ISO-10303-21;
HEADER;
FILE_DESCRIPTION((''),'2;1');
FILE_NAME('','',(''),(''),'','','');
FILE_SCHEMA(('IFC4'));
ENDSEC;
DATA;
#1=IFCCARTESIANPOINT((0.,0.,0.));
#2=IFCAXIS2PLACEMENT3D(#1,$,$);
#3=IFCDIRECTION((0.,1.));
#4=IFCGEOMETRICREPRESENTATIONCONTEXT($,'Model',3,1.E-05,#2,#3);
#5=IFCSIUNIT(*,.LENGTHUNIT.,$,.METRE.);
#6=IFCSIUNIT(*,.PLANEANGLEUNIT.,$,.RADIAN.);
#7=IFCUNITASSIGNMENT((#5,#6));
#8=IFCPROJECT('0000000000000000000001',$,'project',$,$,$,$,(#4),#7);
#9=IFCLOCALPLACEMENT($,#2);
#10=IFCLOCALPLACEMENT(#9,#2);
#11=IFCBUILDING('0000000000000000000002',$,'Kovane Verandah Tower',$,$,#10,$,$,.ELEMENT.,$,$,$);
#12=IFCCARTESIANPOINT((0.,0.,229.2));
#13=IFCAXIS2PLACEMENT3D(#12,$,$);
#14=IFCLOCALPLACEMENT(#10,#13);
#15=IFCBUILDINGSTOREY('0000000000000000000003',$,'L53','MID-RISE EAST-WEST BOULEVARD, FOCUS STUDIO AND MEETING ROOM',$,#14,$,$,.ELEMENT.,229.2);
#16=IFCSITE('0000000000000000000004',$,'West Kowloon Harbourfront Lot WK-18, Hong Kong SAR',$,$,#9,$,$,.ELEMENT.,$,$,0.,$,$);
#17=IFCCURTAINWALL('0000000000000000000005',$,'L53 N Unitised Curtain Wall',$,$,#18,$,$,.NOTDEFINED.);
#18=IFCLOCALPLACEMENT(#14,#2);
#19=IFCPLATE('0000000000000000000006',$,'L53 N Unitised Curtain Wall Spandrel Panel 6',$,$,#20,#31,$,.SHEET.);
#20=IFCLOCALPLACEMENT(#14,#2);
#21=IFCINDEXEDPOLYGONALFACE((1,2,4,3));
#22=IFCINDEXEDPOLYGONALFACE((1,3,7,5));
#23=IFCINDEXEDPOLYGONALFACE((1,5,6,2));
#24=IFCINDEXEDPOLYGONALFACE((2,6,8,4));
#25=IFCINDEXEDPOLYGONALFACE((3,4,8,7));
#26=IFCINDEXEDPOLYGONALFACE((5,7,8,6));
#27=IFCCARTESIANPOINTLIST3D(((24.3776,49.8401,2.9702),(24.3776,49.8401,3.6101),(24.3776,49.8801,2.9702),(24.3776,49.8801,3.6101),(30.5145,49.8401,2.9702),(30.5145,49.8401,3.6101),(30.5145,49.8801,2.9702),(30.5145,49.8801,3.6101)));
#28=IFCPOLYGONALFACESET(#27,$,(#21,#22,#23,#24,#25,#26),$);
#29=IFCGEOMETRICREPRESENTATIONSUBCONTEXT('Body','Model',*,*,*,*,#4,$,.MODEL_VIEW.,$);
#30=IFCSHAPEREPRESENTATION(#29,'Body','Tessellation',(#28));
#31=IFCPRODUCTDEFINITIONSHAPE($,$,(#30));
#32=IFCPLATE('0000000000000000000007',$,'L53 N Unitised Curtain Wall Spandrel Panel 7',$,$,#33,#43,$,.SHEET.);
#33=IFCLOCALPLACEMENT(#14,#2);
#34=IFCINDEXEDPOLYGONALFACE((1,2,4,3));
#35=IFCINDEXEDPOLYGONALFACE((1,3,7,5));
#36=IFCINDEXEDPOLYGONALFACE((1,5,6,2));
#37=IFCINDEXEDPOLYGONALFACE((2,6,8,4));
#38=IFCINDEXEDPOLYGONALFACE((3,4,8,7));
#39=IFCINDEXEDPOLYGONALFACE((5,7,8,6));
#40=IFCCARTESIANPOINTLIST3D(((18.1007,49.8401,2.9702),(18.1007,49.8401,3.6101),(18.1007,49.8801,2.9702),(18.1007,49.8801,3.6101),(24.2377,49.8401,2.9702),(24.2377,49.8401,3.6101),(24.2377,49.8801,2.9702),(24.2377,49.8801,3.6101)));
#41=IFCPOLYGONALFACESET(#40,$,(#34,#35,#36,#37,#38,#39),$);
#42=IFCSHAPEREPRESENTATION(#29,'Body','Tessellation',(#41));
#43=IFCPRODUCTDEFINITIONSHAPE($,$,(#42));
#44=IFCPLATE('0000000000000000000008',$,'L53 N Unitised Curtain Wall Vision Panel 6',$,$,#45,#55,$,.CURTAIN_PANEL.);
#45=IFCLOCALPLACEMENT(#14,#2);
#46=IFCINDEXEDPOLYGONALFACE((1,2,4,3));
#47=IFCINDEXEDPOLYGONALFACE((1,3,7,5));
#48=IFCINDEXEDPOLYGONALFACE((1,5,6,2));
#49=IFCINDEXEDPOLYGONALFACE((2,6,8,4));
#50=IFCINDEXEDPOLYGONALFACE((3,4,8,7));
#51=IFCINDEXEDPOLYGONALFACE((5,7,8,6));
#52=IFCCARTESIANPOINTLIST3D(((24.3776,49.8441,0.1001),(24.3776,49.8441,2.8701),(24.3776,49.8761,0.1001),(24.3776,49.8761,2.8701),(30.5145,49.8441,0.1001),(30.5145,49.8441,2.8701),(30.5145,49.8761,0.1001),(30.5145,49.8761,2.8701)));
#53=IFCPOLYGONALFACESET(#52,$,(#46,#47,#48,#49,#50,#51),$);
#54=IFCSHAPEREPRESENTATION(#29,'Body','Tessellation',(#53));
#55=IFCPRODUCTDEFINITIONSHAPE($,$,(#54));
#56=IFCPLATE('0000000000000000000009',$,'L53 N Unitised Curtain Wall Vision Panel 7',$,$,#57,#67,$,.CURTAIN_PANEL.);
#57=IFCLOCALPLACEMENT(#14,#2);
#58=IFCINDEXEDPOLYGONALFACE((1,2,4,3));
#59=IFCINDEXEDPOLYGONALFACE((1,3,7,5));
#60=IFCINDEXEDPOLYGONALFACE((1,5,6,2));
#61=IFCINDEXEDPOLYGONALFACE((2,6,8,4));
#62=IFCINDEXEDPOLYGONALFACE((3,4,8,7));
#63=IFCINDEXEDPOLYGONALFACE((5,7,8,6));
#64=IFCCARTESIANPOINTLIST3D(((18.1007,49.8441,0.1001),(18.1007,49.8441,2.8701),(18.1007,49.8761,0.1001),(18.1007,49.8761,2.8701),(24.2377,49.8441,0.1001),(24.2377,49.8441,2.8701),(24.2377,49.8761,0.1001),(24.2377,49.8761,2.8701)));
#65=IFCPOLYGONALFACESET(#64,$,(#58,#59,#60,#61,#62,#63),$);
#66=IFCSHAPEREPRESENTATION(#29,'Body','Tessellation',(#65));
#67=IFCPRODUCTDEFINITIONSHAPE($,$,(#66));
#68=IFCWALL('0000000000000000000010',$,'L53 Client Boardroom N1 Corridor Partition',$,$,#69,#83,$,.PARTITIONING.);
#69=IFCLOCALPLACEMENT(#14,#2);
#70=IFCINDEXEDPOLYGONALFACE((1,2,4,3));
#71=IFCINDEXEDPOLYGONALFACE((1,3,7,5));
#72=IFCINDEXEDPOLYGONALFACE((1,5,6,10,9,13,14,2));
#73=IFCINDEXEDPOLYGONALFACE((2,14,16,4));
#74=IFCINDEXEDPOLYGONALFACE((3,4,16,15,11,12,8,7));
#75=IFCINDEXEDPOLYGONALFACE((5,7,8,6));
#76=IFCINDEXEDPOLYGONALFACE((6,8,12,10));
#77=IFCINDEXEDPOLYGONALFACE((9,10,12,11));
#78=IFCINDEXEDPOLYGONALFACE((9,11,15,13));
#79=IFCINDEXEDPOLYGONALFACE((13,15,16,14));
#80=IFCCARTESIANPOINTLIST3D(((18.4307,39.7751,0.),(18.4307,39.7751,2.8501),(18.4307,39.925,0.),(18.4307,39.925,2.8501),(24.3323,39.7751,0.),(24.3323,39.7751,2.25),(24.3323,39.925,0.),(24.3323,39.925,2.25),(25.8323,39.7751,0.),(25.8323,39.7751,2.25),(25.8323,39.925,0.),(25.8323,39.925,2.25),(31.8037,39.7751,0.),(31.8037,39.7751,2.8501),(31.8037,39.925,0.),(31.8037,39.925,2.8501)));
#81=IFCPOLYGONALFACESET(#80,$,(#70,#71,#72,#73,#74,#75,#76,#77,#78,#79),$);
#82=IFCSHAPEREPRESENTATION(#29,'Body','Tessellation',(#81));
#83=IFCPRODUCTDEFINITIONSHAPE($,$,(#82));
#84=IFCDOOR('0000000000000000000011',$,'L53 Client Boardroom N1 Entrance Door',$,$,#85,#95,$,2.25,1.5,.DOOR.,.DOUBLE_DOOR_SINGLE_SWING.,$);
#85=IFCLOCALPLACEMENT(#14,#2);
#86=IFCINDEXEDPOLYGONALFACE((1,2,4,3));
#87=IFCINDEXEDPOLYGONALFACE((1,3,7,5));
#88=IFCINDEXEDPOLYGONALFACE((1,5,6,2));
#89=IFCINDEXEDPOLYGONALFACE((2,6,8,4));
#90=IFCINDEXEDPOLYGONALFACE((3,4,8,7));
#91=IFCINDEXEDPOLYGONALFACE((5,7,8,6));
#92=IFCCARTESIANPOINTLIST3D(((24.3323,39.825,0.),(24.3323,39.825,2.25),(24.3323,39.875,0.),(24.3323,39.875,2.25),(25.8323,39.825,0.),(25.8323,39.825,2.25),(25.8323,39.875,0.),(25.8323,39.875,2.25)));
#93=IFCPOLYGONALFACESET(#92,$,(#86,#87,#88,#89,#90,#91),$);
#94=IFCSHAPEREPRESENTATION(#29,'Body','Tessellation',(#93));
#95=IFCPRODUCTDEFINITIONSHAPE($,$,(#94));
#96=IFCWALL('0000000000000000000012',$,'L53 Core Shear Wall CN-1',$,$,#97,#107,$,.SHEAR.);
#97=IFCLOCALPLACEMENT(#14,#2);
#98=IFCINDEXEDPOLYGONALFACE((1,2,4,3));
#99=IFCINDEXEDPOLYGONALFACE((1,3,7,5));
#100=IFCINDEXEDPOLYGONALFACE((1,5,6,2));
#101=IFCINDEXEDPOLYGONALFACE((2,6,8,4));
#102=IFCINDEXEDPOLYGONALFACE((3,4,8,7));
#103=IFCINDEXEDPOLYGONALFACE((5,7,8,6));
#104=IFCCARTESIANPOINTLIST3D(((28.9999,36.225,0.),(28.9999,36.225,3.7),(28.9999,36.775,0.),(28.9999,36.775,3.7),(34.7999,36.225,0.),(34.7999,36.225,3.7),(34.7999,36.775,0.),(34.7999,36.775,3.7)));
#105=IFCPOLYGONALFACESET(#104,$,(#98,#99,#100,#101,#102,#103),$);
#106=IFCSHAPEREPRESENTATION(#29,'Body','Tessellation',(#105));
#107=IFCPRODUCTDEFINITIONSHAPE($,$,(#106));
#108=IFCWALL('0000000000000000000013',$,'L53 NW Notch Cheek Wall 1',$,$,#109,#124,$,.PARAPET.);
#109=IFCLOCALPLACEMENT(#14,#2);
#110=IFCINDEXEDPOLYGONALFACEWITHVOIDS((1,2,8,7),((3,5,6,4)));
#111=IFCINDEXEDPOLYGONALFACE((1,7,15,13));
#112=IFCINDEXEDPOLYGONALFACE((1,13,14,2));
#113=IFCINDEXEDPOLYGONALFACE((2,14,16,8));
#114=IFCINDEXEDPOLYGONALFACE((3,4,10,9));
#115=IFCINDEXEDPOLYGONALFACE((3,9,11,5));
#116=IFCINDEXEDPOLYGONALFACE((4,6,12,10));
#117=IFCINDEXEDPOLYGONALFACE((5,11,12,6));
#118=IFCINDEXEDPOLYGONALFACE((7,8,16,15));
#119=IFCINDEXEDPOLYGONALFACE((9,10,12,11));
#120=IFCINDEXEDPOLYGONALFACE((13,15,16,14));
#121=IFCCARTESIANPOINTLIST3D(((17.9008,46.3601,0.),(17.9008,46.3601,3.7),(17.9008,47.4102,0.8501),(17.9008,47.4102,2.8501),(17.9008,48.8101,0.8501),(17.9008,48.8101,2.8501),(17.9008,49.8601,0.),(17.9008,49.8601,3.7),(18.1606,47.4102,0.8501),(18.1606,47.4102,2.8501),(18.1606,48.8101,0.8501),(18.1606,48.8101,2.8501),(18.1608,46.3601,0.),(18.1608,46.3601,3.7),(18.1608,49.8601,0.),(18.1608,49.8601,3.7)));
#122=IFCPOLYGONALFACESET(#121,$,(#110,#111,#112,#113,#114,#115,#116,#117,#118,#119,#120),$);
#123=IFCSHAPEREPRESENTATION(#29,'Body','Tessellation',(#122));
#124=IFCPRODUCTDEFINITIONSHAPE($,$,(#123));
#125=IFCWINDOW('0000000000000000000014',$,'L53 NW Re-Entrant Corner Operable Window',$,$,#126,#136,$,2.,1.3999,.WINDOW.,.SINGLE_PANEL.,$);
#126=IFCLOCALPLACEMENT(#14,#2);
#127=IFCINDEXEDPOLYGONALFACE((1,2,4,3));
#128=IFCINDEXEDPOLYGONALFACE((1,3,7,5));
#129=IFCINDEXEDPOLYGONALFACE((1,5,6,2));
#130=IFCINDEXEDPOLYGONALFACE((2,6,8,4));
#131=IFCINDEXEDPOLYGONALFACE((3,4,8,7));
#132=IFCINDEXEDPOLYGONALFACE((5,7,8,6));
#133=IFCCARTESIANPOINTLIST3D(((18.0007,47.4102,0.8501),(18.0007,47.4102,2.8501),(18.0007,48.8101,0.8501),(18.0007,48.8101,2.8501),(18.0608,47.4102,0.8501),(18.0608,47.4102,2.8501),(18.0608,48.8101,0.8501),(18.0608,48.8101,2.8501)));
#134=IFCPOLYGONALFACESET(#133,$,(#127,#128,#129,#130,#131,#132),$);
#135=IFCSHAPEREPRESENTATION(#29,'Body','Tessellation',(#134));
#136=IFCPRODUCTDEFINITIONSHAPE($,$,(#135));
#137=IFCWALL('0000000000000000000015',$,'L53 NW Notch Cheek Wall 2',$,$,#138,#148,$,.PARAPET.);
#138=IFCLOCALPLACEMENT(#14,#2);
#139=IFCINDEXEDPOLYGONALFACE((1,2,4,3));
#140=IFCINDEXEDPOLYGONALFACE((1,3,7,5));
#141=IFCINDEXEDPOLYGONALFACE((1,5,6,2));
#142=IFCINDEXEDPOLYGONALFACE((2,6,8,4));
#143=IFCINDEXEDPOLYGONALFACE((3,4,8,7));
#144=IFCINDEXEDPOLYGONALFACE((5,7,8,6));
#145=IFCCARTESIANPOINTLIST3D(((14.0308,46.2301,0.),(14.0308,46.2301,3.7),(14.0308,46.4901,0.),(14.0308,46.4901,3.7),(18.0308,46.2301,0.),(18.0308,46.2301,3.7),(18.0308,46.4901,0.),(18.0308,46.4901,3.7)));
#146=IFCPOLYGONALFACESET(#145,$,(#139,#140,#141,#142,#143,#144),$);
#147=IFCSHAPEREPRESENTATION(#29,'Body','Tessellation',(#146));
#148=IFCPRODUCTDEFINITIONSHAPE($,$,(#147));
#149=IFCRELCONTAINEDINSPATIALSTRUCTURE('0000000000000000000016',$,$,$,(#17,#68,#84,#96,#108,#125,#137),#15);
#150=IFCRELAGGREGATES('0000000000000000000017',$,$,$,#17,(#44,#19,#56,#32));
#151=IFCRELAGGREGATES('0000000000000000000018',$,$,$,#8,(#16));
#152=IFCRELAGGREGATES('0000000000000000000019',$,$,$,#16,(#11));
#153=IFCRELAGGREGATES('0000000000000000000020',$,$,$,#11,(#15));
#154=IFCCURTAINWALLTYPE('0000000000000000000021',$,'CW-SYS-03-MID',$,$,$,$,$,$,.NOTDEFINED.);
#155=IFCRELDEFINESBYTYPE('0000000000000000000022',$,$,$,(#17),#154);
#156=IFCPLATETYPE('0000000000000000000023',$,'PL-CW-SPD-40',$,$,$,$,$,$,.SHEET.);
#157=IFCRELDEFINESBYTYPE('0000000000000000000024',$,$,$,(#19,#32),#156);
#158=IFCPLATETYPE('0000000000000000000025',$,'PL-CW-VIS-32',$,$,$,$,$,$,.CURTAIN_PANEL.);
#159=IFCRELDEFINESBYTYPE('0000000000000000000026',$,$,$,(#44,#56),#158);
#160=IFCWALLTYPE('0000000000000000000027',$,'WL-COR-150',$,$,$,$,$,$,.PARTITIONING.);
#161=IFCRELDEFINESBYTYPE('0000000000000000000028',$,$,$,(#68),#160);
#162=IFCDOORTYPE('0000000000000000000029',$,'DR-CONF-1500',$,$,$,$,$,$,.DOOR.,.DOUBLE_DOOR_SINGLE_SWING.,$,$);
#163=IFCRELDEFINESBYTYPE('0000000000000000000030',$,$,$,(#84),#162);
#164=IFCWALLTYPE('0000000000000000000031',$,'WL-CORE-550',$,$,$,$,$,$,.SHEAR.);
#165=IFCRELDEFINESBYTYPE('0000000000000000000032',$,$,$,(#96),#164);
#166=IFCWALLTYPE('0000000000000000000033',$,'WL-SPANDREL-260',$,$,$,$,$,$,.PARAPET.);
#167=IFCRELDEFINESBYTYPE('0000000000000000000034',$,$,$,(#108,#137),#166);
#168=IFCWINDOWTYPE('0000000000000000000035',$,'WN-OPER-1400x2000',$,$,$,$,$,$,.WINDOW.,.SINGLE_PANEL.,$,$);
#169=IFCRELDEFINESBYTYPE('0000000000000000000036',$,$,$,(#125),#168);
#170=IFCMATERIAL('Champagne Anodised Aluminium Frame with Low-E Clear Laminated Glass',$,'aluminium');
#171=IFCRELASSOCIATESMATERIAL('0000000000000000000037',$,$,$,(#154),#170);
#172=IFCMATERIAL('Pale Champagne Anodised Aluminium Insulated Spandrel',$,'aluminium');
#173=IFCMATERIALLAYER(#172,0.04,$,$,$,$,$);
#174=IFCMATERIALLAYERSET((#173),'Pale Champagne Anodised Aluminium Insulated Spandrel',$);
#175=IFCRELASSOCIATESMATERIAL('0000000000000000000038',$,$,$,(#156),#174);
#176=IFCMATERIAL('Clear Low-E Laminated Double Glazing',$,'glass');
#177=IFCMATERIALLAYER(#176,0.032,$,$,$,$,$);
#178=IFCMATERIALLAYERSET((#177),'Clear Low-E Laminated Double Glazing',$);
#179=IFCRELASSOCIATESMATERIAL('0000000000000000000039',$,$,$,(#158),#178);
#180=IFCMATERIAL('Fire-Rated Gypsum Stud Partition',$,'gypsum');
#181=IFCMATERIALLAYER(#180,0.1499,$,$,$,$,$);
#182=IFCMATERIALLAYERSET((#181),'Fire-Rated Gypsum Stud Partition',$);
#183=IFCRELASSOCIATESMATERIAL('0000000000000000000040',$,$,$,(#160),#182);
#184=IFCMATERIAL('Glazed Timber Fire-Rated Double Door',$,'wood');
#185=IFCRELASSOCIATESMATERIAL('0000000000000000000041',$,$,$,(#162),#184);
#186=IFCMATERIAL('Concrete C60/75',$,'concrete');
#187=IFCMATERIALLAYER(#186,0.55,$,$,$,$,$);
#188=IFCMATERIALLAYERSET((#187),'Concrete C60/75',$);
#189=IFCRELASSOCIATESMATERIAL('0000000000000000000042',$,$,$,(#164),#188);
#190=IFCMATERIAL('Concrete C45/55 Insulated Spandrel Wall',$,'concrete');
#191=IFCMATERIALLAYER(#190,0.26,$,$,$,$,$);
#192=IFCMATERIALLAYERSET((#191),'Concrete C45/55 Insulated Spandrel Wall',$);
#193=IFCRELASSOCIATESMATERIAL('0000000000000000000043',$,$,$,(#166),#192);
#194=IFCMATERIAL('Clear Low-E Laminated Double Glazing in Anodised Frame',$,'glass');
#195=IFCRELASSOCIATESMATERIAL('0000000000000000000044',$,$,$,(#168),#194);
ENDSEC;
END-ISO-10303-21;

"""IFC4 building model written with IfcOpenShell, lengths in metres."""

from ifc_helpers import new_model, si_unit, direction, frame, frame_2d, origin, origin_2d, place, context, subcontext, project, spatial, rectangle, extrude, material, layer, layer_set, type_object, element, fill, aggregate, save


model = new_model("IFC4")

# Units and contexts
model_context = context("Model", 3, precision=1e-05, world=origin(), true_north=direction((0.0, 1.0)))
body_context = subcontext(model_context, "Body", "Model", "MODEL_VIEW")
ifc_project = project(units=[si_unit("LENGTHUNIT", "METRE"), si_unit("PLANEANGLEUNIT", "RADIAN")], contexts=[model_context])

# Site, building, storey
site_placement = place(None, origin())
site = spatial("IfcSite", under=ifc_project, at=site_placement, Name="West Kowloon Harbourfront Lot WK-18, Hong Kong SAR", CompositionType="ELEMENT", RefElevation=0.0)
building_placement = place(site_placement, origin())
building = spatial("IfcBuilding", under=site, at=building_placement, Name="Kovane Verandah Tower", CompositionType="ELEMENT")
storey_placement = place(building_placement, frame((0.0, 0.0, 229.2)))
storey = spatial("IfcBuildingStorey", under=building, at=storey_placement, Name="L53", Description="MID-RISE EAST-WEST BOULEVARD, FOCUS STUDIO AND MEETING ROOM", CompositionType="ELEMENT", Elevation=229.2)

# Shared definitions
ifc_material_1 = material(Name="Concrete C60/75", Category="concrete")

# Curtain wall
ifc_material_2 = material(Name="Champagne Anodised Aluminium Frame with Low-E Clear Laminated Glass", Category="aluminium")
curtain_wall_type = type_object("IfcCurtainWallType", Name="CW-SYS-03-MID", PredefinedType="NOTDEFINED", material=ifc_material_2)
curtain_wall_placement = place(storey_placement, origin())
curtain_wall = element("IfcCurtainWall", 1, at=curtain_wall_placement, inside=storey, type_object=curtain_wall_type, Name="L53 N Unitised Curtain Wall", PredefinedType="NOTDEFINED")

# Plates
ifc_material_3 = material(Name="Pale Champagne Anodised Aluminium Insulated Spandrel", Category="aluminium")
ifc_layer_1 = layer(ifc_material_3, 0.04)
ifc_layer_set_1 = layer_set([ifc_layer_1], Name="Pale Champagne Anodised Aluminium Insulated Spandrel")
plate_type_1 = type_object("IfcPlateType", Name="PL-CW-SPD-40", PredefinedType="SHEET", material=ifc_layer_set_1)
plate_1_placement = place(storey_placement, frame((27.446, 49.8601, 2.9702), z_axis=(0.0, 0.0, 1.0), x_axis=(-1.0, 0.0, 0.0)))
plate_1 = element("IfcPlate", 2, at=plate_1_placement, type_object=plate_type_1, Name="L53 N Unitised Curtain Wall Spandrel Panel 6", PredefinedType="SHEET", context=body_context, shape_type="SweptSolid", body=[
    extrude(rectangle(XDim=6.137, YDim=0.04, at=origin_2d()), origin(), (0.0, 0.0, 1.0), 0.6399),
])
plate_2_placement = place(storey_placement, frame((21.1692, 49.8601, 2.9702), z_axis=(0.0, 0.0, 1.0), x_axis=(-1.0, 0.0, 0.0)))
plate_2 = element("IfcPlate", 3, at=plate_2_placement, type_object=plate_type_1, Name="L53 N Unitised Curtain Wall Spandrel Panel 7", PredefinedType="SHEET", context=body_context, shape_type="SweptSolid", body=[
    extrude(rectangle(XDim=6.137, YDim=0.04, at=origin_2d()), origin(), (0.0, 0.0, 1.0), 0.6399),
])
ifc_material_4 = material(Name="Clear Low-E Laminated Double Glazing", Category="glass")
ifc_layer_2 = layer(ifc_material_4, 0.032)
ifc_layer_set_2 = layer_set([ifc_layer_2], Name="Clear Low-E Laminated Double Glazing")
plate_type_2 = type_object("IfcPlateType", Name="PL-CW-VIS-32", PredefinedType="CURTAIN_PANEL", material=ifc_layer_set_2)
plate_3_placement = place(storey_placement, frame((27.446, 49.8601, 0.1001), z_axis=(0.0, 0.0, 1.0), x_axis=(-1.0, 0.0, 0.0)))
plate_3 = element("IfcPlate", 4, at=plate_3_placement, type_object=plate_type_2, Name="L53 N Unitised Curtain Wall Vision Panel 6", PredefinedType="CURTAIN_PANEL", context=body_context, shape_type="SweptSolid", body=[
    extrude(rectangle(XDim=6.137, YDim=0.032, at=origin_2d()), origin(), (0.0, 0.0, 1.0), 2.77),
])
plate_4_placement = place(storey_placement, frame((21.1692, 49.8601, 0.1001), z_axis=(0.0, 0.0, 1.0), x_axis=(-1.0, 0.0, 0.0)))
plate_4 = element("IfcPlate", 5, at=plate_4_placement, type_object=plate_type_2, Name="L53 N Unitised Curtain Wall Vision Panel 7", PredefinedType="CURTAIN_PANEL", context=body_context, shape_type="SweptSolid", body=[
    extrude(rectangle(XDim=6.137, YDim=0.032, at=origin_2d()), origin(), (0.0, 0.0, 1.0), 2.77),
])
aggregate(curtain_wall, [plate_3, plate_1, plate_4, plate_2])

# Wall, opening, door
ifc_material_5 = material(Name="Fire-Rated Gypsum Stud Partition", Category="gypsum")
ifc_layer_3 = layer(ifc_material_5, 0.1499)
ifc_layer_set_3 = layer_set([ifc_layer_3], Name="Fire-Rated Gypsum Stud Partition")
wall_type_1 = type_object("IfcWallType", Name="WL-COR-150", PredefinedType="PARTITIONING", material=ifc_layer_set_3)
wall_1_placement = place(storey_placement, frame((18.4307, 39.8501, 0.0), z_axis=(0.0, 0.0, 1.0), x_axis=(1.0, 0.0, 0.0)))
wall_1 = element("IfcWall", 6, at=wall_1_placement, inside=storey, type_object=wall_type_1, Name="L53 Client Boardroom N1 Corridor Partition", PredefinedType="PARTITIONING", context=body_context, shape_type="SweptSolid", body=[
    extrude(rectangle(XDim=13.373, YDim=0.1499, at=frame_2d((6.6865, 0.0))), origin(), (0.0, 0.0, 1.0), 2.8501),
])
opening_1_placement = place(wall_1_placement, frame((5.9016, 0.0, 0.0)))
opening_1 = element("IfcOpeningElement", 7, at=opening_1_placement, cuts=wall_1, PredefinedType="OPENING", context=body_context, shape_type="SweptSolid", body=[
    extrude(rectangle(XDim=1.5, YDim=2.25, at=frame_2d((0.75, 1.125))), frame((0.0, 0.075, 0.0), z_axis=(0.0, -1.0, 0.0), x_axis=(1.0, 0.0, 0.0)), (0.0, 0.0, 1.0), 0.1499),
])
ifc_material_6 = material(Name="Glazed Timber Fire-Rated Double Door", Category="wood")
door_type_1 = type_object("IfcDoorType", Name="DR-CONF-1500", OperationType="DOUBLE_DOOR_SINGLE_SWING", PredefinedType="DOOR", material=ifc_material_6)
door_1_placement = place(opening_1_placement, origin())
door_1 = element("IfcDoor", 8, at=door_1_placement, inside=storey, type_object=door_type_1, Name="L53 Client Boardroom N1 Entrance Door", OperationType="DOUBLE_DOOR_SINGLE_SWING", OverallHeight=2.25, OverallWidth=1.5, PredefinedType="DOOR", context=body_context, shape_type="SweptSolid", body=[
    extrude(rectangle(XDim=1.5, YDim=2.25, at=frame_2d((0.75, 1.125))), frame((0.0, 0.0249, 0.0), z_axis=(0.0, -1.0, 0.0), x_axis=(1.0, 0.0, 0.0)), (0.0, 0.0, 1.0), 0.05),
])
fill(opening_1, door_1)

# Wall
ifc_layer_4 = layer(ifc_material_1, 0.55)
ifc_layer_set_4 = layer_set([ifc_layer_4], Name="Concrete C60/75")
wall_type_2 = type_object("IfcWallType", Name="WL-CORE-550", PredefinedType="SHEAR", material=ifc_layer_set_4)
wall_2_placement = place(storey_placement, frame((29.0, 36.5, 0.0), z_axis=(0.0, 0.0, 1.0), x_axis=(1.0, 0.0, 0.0)))
element("IfcWall", 9, at=wall_2_placement, inside=storey, type_object=wall_type_2, Name="L53 Core Shear Wall CN-1", PredefinedType="SHEAR", context=body_context, shape_type="SweptSolid", body=[
    extrude(rectangle(XDim=5.8, YDim=0.55, at=frame_2d((2.8999, 0.0))), origin(), (0.0, 0.0, 1.0), 3.7),
])

# Shared definitions
ifc_material_7 = material(Name="Concrete C45/55 Insulated Spandrel Wall", Category="concrete")
ifc_layer_5 = layer(ifc_material_7, 0.26)
ifc_layer_set_5 = layer_set([ifc_layer_5], Name="Concrete C45/55 Insulated Spandrel Wall")
wall_type_3 = type_object("IfcWallType", Name="WL-SPANDREL-260", PredefinedType="PARAPET", material=ifc_layer_set_5)
ifc_material_8 = material(Name="Clear Low-E Laminated Double Glazing in Anodised Frame", Category="glass")

# Wall, opening, window
wall_3_placement = place(storey_placement, frame((18.0308, 49.8601, 0.0), z_axis=(0.0, 0.0, 1.0), x_axis=(0.0, -1.0, 0.0)))
wall_3 = element("IfcWall", 10, at=wall_3_placement, inside=storey, type_object=wall_type_3, Name="L53 NW Notch Cheek Wall 1", PredefinedType="PARAPET", context=body_context, shape_type="SweptSolid", body=[
    extrude(rectangle(XDim=3.5, YDim=0.26, at=frame_2d((1.75, 0.0))), origin(), (0.0, 0.0, 1.0), 3.7),
])
opening_2_placement = place(wall_3_placement, frame((1.05, 0.0, 0.8501)))
opening_2 = element("IfcOpeningElement", 11, at=opening_2_placement, cuts=wall_3, PredefinedType="OPENING", context=body_context, shape_type="SweptSolid", body=[
    extrude(rectangle(XDim=1.3999, YDim=2.0, at=frame_2d((0.7, 1.0))), frame((0.0, 0.1299, 0.0), z_axis=(0.0, -1.0, 0.0), x_axis=(1.0, 0.0, 0.0)), (0.0, 0.0, 1.0), 0.26),
])
window_type_1 = type_object("IfcWindowType", Name="WN-OPER-1400x2000", PartitioningType="SINGLE_PANEL", PredefinedType="WINDOW", material=ifc_material_8)
window_1_placement = place(opening_2_placement, origin())
window_1 = element("IfcWindow", 12, at=window_1_placement, inside=storey, type_object=window_type_1, Name="L53 NW Re-Entrant Corner Operable Window", OverallHeight=2.0, OverallWidth=1.3999, PartitioningType="SINGLE_PANEL", PredefinedType="WINDOW", context=body_context, shape_type="SweptSolid", body=[
    extrude(rectangle(XDim=1.3999, YDim=2.0, at=frame_2d((0.7, 1.0))), frame((0.0, 0.03, 0.0), z_axis=(0.0, -1.0, 0.0), x_axis=(1.0, 0.0, 0.0)), (0.0, 0.0, 1.0), 0.0601),
])
fill(opening_2, window_1)

# Wall
wall_4_placement = place(storey_placement, frame((18.0308, 46.3601, 0.0), z_axis=(0.0, 0.0, 1.0), x_axis=(-1.0, 0.0, 0.0)))
element("IfcWall", 13, at=wall_4_placement, inside=storey, type_object=wall_type_3, Name="L53 NW Notch Cheek Wall 2", PredefinedType="PARAPET", context=body_context, shape_type="SweptSolid", body=[
    extrude(rectangle(XDim=4.0, YDim=0.26, at=frame_2d((2.0, 0.0))), origin(), (0.0, 0.0, 1.0), 3.7),
])

save(model, "model.ifc")
